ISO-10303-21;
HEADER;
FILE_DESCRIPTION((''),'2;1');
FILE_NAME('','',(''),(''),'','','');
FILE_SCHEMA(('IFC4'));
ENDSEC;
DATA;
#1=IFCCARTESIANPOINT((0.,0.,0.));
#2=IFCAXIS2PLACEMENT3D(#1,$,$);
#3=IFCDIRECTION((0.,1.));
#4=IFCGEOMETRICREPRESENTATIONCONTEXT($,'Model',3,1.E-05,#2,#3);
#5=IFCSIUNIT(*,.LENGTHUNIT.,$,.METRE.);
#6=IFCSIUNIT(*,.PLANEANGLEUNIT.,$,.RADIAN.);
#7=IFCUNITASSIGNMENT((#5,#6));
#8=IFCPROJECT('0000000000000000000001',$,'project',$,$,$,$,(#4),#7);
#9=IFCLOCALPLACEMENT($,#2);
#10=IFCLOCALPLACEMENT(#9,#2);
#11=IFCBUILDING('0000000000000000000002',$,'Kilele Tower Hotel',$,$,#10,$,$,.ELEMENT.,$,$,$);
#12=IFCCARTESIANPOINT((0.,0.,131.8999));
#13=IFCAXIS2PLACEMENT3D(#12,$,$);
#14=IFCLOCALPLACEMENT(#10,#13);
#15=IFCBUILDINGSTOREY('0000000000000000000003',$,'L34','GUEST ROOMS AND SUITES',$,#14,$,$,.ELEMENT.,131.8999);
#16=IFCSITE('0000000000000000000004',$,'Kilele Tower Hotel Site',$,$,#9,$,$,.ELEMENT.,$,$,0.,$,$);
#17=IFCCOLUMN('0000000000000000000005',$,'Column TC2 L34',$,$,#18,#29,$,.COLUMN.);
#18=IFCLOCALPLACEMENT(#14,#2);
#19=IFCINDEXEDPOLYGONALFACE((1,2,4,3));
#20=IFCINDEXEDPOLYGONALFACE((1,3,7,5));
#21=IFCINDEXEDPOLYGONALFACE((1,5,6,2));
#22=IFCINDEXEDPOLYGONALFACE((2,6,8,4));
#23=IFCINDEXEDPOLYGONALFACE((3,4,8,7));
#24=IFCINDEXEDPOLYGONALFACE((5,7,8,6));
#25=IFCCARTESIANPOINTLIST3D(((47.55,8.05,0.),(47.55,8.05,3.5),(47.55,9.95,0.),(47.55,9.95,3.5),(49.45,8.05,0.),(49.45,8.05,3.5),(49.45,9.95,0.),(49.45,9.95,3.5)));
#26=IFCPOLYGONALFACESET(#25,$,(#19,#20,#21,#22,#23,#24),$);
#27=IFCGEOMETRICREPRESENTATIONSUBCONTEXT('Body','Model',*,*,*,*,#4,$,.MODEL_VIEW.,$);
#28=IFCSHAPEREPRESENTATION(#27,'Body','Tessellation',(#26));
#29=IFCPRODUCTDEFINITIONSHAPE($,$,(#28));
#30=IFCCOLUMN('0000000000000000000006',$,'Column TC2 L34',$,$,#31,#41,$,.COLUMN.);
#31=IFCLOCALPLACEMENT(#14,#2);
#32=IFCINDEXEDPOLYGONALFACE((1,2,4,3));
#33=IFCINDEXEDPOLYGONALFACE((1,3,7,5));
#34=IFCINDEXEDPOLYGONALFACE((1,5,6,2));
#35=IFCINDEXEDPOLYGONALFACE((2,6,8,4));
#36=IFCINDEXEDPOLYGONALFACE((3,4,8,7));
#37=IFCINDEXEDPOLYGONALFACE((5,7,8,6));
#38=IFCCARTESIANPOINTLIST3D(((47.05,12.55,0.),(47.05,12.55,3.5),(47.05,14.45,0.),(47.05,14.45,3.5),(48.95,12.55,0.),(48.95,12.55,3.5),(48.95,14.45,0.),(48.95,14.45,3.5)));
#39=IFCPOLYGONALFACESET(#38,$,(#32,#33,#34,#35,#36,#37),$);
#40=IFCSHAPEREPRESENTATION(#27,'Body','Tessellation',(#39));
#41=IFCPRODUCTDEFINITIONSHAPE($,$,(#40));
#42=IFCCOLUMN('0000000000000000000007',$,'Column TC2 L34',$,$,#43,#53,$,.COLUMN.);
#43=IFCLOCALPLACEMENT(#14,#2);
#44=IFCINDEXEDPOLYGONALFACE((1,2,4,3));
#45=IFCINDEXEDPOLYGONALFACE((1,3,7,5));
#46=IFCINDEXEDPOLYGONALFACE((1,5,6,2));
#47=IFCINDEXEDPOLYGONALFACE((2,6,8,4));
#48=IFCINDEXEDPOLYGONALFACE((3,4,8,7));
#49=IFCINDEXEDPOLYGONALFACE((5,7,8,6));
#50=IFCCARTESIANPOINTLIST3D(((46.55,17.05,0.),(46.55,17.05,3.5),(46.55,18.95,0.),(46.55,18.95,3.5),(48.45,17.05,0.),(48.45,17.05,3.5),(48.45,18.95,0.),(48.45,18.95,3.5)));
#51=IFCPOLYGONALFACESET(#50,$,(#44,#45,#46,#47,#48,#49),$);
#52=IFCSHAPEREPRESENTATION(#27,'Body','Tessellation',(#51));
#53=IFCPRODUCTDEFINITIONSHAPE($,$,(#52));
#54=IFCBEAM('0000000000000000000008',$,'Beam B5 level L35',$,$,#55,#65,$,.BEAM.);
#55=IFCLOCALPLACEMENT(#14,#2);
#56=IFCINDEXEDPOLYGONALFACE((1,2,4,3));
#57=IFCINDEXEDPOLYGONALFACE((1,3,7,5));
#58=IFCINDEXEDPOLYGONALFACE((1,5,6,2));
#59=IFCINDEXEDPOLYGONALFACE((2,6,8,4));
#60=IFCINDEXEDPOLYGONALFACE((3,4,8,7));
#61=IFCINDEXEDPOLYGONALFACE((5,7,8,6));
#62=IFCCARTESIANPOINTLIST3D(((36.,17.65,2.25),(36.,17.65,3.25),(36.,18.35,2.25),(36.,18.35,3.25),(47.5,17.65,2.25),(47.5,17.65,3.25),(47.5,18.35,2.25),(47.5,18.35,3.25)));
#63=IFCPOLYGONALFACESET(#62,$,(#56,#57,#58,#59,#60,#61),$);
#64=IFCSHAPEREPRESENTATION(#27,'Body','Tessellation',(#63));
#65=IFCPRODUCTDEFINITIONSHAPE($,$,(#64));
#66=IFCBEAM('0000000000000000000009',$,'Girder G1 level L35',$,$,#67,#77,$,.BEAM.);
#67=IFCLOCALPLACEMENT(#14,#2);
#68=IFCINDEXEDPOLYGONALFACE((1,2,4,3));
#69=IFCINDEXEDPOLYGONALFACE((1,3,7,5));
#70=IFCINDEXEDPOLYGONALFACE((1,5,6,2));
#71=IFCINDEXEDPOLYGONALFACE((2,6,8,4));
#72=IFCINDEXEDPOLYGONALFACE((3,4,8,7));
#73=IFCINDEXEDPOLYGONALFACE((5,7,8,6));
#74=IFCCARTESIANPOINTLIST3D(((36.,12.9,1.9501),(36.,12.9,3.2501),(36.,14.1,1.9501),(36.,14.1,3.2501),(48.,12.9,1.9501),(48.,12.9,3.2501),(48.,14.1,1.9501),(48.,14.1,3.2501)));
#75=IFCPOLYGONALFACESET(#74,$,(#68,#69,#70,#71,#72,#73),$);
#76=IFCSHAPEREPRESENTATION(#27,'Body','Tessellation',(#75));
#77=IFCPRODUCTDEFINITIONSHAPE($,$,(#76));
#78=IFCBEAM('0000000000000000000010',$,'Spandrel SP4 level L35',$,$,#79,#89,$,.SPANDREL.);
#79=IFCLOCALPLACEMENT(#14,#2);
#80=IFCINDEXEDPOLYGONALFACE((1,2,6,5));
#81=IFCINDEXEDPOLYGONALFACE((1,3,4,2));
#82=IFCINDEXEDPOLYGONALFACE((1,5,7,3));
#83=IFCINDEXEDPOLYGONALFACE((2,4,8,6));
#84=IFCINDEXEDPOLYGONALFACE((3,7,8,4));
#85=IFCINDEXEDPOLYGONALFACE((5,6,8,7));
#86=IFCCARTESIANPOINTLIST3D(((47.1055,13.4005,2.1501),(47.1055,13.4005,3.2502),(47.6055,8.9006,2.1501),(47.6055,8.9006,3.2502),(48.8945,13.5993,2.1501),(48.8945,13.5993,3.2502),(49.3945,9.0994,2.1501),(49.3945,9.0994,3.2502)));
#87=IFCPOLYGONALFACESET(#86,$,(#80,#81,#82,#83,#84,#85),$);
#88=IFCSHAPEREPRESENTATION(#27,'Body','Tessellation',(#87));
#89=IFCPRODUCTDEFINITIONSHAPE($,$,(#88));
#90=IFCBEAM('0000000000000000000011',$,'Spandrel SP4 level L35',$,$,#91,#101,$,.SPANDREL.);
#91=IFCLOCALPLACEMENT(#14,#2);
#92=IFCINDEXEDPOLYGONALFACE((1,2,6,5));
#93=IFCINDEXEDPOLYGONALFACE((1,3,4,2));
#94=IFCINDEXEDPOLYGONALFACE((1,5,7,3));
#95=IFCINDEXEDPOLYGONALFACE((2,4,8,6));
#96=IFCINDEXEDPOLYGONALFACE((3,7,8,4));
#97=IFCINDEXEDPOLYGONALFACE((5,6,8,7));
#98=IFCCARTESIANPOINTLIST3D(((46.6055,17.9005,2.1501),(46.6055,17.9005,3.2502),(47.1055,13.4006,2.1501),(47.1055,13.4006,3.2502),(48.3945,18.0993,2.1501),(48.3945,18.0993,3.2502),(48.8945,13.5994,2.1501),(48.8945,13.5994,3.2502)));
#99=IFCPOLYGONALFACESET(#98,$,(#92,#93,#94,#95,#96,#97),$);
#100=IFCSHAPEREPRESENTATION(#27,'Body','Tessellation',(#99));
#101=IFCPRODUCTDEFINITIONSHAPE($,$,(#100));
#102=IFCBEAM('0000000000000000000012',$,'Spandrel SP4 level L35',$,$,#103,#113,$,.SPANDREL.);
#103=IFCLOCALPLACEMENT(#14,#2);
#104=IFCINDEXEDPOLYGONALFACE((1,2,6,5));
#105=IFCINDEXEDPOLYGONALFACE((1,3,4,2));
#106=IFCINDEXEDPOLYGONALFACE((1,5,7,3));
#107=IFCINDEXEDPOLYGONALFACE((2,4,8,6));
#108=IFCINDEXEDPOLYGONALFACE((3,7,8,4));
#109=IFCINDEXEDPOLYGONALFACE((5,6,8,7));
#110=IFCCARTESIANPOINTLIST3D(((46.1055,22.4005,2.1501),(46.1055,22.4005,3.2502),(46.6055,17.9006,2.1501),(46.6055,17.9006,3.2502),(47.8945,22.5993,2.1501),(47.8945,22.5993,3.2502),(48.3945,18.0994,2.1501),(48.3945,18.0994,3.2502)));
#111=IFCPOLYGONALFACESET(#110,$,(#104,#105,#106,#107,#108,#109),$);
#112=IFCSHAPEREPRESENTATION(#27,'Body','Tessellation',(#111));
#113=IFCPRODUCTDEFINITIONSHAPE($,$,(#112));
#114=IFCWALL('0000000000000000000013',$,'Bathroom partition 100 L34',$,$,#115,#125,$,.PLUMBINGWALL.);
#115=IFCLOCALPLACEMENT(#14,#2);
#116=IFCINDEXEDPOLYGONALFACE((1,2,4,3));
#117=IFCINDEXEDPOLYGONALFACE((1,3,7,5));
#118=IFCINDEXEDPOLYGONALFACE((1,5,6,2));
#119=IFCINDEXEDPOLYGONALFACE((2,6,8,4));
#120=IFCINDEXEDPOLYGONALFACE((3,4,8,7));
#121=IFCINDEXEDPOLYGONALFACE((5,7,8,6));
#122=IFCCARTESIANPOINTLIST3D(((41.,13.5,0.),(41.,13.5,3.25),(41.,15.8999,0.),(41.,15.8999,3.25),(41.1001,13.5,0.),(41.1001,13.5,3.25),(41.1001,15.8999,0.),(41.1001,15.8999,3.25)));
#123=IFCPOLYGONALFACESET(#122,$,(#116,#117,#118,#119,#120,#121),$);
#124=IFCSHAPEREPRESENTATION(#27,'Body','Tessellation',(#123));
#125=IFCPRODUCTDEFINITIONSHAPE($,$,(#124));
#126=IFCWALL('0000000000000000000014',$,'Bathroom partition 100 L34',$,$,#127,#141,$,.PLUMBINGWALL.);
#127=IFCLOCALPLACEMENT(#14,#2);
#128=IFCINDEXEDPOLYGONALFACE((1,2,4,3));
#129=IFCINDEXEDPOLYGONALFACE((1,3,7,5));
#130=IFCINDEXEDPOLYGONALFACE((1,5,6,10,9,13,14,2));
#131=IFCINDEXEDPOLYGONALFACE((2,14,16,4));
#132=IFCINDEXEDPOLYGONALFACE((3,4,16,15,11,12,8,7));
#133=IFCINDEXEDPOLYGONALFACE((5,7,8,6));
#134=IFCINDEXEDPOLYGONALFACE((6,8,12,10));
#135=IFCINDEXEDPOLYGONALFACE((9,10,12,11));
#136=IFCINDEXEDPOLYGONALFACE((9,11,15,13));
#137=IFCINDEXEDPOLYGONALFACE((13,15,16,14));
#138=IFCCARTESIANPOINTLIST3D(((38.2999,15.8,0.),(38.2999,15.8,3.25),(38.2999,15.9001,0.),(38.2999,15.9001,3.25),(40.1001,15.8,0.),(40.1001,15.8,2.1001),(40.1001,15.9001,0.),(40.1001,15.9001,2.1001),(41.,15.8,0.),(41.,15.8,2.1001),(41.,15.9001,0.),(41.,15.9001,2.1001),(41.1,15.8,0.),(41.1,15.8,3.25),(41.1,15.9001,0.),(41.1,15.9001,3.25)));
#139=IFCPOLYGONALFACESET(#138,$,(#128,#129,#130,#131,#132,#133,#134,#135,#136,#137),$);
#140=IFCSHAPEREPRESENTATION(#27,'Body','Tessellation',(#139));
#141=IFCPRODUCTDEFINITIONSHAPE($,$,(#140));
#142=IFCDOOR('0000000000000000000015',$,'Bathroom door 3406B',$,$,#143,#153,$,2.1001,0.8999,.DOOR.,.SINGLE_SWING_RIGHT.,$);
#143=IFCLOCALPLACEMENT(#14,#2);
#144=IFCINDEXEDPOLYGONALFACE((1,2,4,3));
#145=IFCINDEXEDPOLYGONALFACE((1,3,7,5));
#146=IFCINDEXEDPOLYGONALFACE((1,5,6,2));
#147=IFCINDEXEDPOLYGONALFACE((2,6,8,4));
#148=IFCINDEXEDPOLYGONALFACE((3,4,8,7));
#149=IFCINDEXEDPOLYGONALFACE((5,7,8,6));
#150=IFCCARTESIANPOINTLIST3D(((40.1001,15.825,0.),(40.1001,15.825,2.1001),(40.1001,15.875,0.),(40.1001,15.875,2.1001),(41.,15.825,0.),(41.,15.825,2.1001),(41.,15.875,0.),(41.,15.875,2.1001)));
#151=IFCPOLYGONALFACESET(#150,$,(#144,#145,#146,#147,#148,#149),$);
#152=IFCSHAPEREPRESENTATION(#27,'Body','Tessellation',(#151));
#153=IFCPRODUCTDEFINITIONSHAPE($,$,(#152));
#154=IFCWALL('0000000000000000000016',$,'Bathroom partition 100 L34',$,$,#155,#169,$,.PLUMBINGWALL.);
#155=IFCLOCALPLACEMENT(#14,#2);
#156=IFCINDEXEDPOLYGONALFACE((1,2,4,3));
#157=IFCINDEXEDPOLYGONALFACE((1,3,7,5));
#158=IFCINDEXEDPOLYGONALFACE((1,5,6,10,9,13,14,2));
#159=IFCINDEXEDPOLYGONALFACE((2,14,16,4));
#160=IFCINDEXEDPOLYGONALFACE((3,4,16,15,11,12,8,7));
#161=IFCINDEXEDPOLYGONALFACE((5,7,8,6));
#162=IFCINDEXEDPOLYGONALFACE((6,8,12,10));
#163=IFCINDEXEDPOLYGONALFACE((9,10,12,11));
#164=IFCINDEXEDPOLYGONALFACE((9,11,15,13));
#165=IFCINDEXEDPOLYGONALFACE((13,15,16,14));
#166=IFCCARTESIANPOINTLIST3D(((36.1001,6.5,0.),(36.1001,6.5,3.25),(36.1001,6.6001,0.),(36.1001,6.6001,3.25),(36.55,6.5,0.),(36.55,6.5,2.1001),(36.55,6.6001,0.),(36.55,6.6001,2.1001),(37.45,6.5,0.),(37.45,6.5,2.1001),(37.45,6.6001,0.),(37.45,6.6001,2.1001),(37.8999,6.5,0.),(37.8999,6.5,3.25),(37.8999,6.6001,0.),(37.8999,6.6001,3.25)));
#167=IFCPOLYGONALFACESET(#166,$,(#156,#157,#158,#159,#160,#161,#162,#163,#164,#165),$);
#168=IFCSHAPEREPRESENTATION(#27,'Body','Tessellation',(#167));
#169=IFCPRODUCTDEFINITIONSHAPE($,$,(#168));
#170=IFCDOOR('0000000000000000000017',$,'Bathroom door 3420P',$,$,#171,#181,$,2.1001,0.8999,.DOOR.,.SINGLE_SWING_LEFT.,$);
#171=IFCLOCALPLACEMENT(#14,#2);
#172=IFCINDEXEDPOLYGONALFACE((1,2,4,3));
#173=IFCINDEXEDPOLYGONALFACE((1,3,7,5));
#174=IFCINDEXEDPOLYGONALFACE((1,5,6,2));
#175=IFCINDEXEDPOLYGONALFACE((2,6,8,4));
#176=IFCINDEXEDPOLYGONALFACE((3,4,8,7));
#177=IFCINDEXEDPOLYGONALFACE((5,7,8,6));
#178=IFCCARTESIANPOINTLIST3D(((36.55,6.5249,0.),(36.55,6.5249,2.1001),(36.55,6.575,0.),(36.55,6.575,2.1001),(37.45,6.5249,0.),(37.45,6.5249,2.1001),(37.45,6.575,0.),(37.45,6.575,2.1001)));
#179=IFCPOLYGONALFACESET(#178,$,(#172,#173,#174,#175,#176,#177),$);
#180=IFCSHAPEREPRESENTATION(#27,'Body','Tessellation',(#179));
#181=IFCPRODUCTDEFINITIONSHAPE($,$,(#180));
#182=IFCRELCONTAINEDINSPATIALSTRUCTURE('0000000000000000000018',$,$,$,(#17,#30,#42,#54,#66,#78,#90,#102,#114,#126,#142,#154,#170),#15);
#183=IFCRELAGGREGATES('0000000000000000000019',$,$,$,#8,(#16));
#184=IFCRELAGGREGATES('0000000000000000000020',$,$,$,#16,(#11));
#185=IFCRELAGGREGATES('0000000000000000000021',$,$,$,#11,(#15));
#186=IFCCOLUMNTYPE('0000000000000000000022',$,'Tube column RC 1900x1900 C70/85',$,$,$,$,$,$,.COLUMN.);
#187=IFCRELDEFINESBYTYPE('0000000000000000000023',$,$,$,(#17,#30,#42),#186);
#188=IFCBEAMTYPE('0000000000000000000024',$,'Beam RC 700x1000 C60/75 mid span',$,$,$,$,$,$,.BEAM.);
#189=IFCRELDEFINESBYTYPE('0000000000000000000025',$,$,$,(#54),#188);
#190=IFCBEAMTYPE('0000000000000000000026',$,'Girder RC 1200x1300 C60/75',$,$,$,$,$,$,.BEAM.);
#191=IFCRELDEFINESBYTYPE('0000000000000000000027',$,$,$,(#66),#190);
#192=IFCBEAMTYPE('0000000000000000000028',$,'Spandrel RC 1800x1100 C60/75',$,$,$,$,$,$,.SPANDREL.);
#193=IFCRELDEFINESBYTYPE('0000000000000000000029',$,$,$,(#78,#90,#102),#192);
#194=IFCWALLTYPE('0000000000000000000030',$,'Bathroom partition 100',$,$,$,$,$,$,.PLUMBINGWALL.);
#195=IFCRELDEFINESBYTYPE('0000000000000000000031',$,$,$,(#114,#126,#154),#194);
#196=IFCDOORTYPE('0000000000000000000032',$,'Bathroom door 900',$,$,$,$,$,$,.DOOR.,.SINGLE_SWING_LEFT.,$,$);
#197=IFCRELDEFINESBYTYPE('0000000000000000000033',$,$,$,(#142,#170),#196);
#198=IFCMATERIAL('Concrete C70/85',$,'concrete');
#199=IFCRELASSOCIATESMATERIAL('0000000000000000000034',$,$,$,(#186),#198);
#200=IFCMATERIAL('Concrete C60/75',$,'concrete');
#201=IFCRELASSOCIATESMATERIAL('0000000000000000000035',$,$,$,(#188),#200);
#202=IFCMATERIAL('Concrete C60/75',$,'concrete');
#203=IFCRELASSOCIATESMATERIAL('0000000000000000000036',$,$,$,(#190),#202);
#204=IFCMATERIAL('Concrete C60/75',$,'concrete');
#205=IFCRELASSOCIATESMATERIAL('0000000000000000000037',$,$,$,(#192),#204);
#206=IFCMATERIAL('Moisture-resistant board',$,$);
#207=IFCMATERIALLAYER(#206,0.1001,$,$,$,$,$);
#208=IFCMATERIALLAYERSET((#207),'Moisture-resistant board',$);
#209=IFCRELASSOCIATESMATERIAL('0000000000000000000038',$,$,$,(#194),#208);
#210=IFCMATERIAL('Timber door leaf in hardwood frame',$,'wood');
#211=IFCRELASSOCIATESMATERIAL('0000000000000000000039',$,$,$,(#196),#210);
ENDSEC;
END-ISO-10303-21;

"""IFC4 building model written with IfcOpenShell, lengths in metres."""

from ifc_helpers import new_model, si_unit, direction, frame, frame_2d, origin, origin_2d, place, context, subcontext, project, spatial, rectangle, extrude, material, layer, layer_set, material_profile, profile_set, type_object, element, fill, save


model = new_model("IFC4")

# Units and contexts
model_context = context("Model", 3, precision=1e-05, world=origin(), true_north=direction((0.0, 1.0)))
body_context = subcontext(model_context, "Body", "Model", "MODEL_VIEW")
ifc_project = project(units=[si_unit("LENGTHUNIT", "METRE"), si_unit("PLANEANGLEUNIT", "RADIAN")], contexts=[model_context])

# Site, building, storey
site_placement = place(None, origin())
site = spatial("IfcSite", under=ifc_project, at=site_placement, Name="Kilele Tower Hotel Site", CompositionType="ELEMENT", RefElevation=0.0)
building_placement = place(site_placement, origin())
building = spatial("IfcBuilding", under=site, at=building_placement, Name="Kilele Tower Hotel", CompositionType="ELEMENT")
storey_placement = place(building_placement, frame((0.0, 0.0, 131.8999)))
storey = spatial("IfcBuildingStorey", under=building, at=storey_placement, Name="L34", Description="GUEST ROOMS AND SUITES", CompositionType="ELEMENT", Elevation=131.8999)

# Columns
ifc_material_1 = material(Name="Concrete C70/85", Category="concrete")
ifc_material_profile_1 = material_profile(ifc_material_1, rectangle(XDim=1.8999, YDim=1.8999, at=origin_2d()))
ifc_profile_set_1 = profile_set([ifc_material_profile_1], Name="Concrete C70/85")
column_type = type_object("IfcColumnType", Name="Tube column RC 1900x1900 C70/85", PredefinedType="COLUMN", material=ifc_profile_set_1)
for number, where, z_axis, x_axis, name in (
    (1, (48.5, 9.0, 0.0), (0.0, 0.0, 1.0), (1.0, 0.0, 0.0), "Column TC2 L34"),
    (2, (48.0, 13.5, 0.0), (0.0, 0.0, 1.0), (1.0, 0.0, 0.0), "Column TC2 L34"),
    (3, (47.5, 18.0, 0.0), (0.0, 0.0, 1.0), (1.0, 0.0, 0.0), "Column TC2 L34"),
):
    element("IfcColumn", number, at=place(storey_placement, frame(where, z_axis=z_axis, x_axis=x_axis)), inside=storey, type_object=column_type, Name=name, PredefinedType="COLUMN", context=body_context, shape_type="SweptSolid", body=[
        extrude(rectangle(XDim=1.8999, YDim=1.8999, at=origin_2d()), origin(), (0.0, 0.0, 1.0), 3.5),
    ])

# Beams
ifc_material_2 = material(Name="Concrete C60/75", Category="concrete")
ifc_material_profile_2 = material_profile(ifc_material_2, rectangle(XDim=0.7, YDim=1.0, at=origin_2d()))
ifc_profile_set_2 = profile_set([ifc_material_profile_2], Name="Concrete C60/75")
beam_type_1 = type_object("IfcBeamType", Name="Beam RC 700x1000 C60/75 mid span", PredefinedType="BEAM", material=ifc_profile_set_2)
beam_1_placement = place(storey_placement, frame((47.5, 18.0, 2.75), z_axis=(-1.0, 0.0, 0.0), x_axis=(0.0, -1.0, 0.0)))
element("IfcBeam", 4, at=beam_1_placement, inside=storey, type_object=beam_type_1, Name="Beam B5 level L35", PredefinedType="BEAM", context=body_context, shape_type="SweptSolid", body=[
    extrude(rectangle(XDim=0.7, YDim=1.0, at=origin_2d()), origin(), (0.0, 0.0, 1.0), 11.5),
])
ifc_material_3 = material(Name="Concrete C60/75", Category="concrete")
ifc_material_profile_3 = material_profile(ifc_material_3, rectangle(XDim=1.2, YDim=1.3, at=origin_2d()))
ifc_profile_set_3 = profile_set([ifc_material_profile_3], Name="Concrete C60/75")
beam_type_2 = type_object("IfcBeamType", Name="Girder RC 1200x1300 C60/75", PredefinedType="BEAM", material=ifc_profile_set_3)
beam_2_placement = place(storey_placement, frame((48.0, 13.5, 2.6001), z_axis=(-1.0, 0.0, 0.0), x_axis=(0.0, -1.0, 0.0)))
element("IfcBeam", 5, at=beam_2_placement, inside=storey, type_object=beam_type_2, Name="Girder G1 level L35", PredefinedType="BEAM", context=body_context, shape_type="SweptSolid", body=[
    extrude(rectangle(XDim=1.2, YDim=1.3, at=origin_2d()), origin(), (0.0, 0.0, 1.0), 12.0),
])
ifc_material_4 = material(Name="Concrete C60/75", Category="concrete")
ifc_material_profile_4 = material_profile(ifc_material_4, rectangle(XDim=1.8, YDim=1.1001, at=origin_2d()))
ifc_profile_set_4 = profile_set([ifc_material_profile_4], Name="Concrete C60/75")
beam_type_3 = type_object("IfcBeamType", Name="Spandrel RC 1800x1100 C60/75", PredefinedType="SPANDREL", material=ifc_profile_set_4)
for number, where, z_axis, x_axis, name in (
    (6, (48.5, 9.0, 2.7002), (-0.110432, 0.993884, 0.0), (-0.993884, -0.110432, 0.0), "Spandrel SP4 level L35"),
    (7, (48.0, 13.5, 2.7002), (-0.110432, 0.993884, 0.0), (-0.993884, -0.110432, 0.0), "Spandrel SP4 level L35"),
    (8, (47.5, 18.0, 2.7002), (-0.110432, 0.993884, 0.0), (-0.993884, -0.110432, 0.0), "Spandrel SP4 level L35"),
):
    element("IfcBeam", number, at=place(storey_placement, frame(where, z_axis=z_axis, x_axis=x_axis)), inside=storey, type_object=beam_type_3, Name=name, PredefinedType="SPANDREL", context=body_context, shape_type="SweptSolid", body=[
        extrude(rectangle(XDim=1.8, YDim=1.1001, at=origin_2d()), origin(), (0.0, 0.0, 1.0), 4.5276),
    ])

# Wall
ifc_material_5 = material(Name="Moisture-resistant board")
ifc_layer_1 = layer(ifc_material_5, 0.1001)
ifc_layer_set_1 = layer_set([ifc_layer_1], Name="Moisture-resistant board")
wall_type_1 = type_object("IfcWallType", Name="Bathroom partition 100", PredefinedType="PLUMBINGWALL", material=ifc_layer_set_1)
wall_1_placement = place(storey_placement, frame((41.05, 13.5, 0.0), z_axis=(0.0, 0.0, 1.0), x_axis=(0.0, 1.0, 0.0)))
element("IfcWall", 9, at=wall_1_placement, inside=storey, type_object=wall_type_1, Name="Bathroom partition 100 L34", PredefinedType="PLUMBINGWALL", context=body_context, shape_type="SweptSolid", body=[
    extrude(rectangle(XDim=2.3999, YDim=0.1001, at=frame_2d((1.2, 0.0))), origin(), (0.0, 0.0, 1.0), 3.25),
])

# Walls, openings, doors
wall_2_placement = place(storey_placement, frame((38.3, 15.8501, 0.0), z_axis=(0.0, 0.0, 1.0), x_axis=(1.0, 0.0, 0.0)))
wall_2 = element("IfcWall", 10, at=wall_2_placement, inside=storey, type_object=wall_type_1, Name="Bathroom partition 100 L34", PredefinedType="PLUMBINGWALL", context=body_context, shape_type="SweptSolid", body=[
    extrude(rectangle(XDim=2.8, YDim=0.1001, at=frame_2d((1.3999, 0.0))), origin(), (0.0, 0.0, 1.0), 3.25),
])
opening_1_placement = place(wall_2_placement, frame((1.8, 0.0, 0.0)))
opening_1 = element("IfcOpeningElement", 11, at=opening_1_placement, cuts=wall_2, PredefinedType="OPENING", context=body_context, shape_type="SweptSolid", body=[
    extrude(rectangle(XDim=0.8999, YDim=2.1001, at=frame_2d((0.45, 1.05))), frame((0.0, 0.0601, 0.0), z_axis=(0.0, -1.0, 0.0), x_axis=(1.0, 0.0, 0.0)), (0.0, 0.0, 1.0), 0.1201),
])
ifc_material_6 = material(Name="Timber door leaf in hardwood frame", Category="wood")
door_type_1 = type_object("IfcDoorType", Name="Bathroom door 900", OperationType="SINGLE_SWING_LEFT", PredefinedType="DOOR", material=ifc_material_6)
door_1_placement = place(opening_1_placement, origin())
door_1 = element("IfcDoor", 12, at=door_1_placement, inside=storey, type_object=door_type_1, Name="Bathroom door 3406B", OperationType="SINGLE_SWING_RIGHT", OverallHeight=2.1001, OverallWidth=0.8999, PredefinedType="DOOR", context=body_context, shape_type="SweptSolid", body=[
    extrude(rectangle(XDim=0.8999, YDim=2.1001, at=frame_2d((0.45, 1.05))), frame((0.0, 0.0249, 0.0), z_axis=(0.0, -1.0, 0.0), x_axis=(1.0, 0.0, 0.0)), (0.0, 0.0, 1.0), 0.05),
])
fill(opening_1, door_1)
wall_3_placement = place(storey_placement, frame((36.1001, 6.55, 0.0), z_axis=(0.0, 0.0, 1.0), x_axis=(1.0, 0.0, 0.0)))
wall_3 = element("IfcWall", 13, at=wall_3_placement, inside=storey, type_object=wall_type_1, Name="Bathroom partition 100 L34", PredefinedType="PLUMBINGWALL", context=body_context, shape_type="SweptSolid", body=[
    extrude(rectangle(XDim=1.7998, YDim=0.1001, at=frame_2d((0.8999, 0.0))), origin(), (0.0, 0.0, 1.0), 3.25),
])
opening_2_placement = place(wall_3_placement, frame((0.45, 0.0, 0.0)))
opening_2 = element("IfcOpeningElement", 14, at=opening_2_placement, cuts=wall_3, PredefinedType="OPENING", context=body_context, shape_type="SweptSolid", body=[
    extrude(rectangle(XDim=0.8999, YDim=2.1001, at=frame_2d((0.45, 1.05))), frame((0.0, 0.0601, 0.0), z_axis=(0.0, -1.0, 0.0), x_axis=(1.0, 0.0, 0.0)), (0.0, 0.0, 1.0), 0.1201),
])
door_2_placement = place(opening_2_placement, origin())
door_2 = element("IfcDoor", 15, at=door_2_placement, inside=storey, type_object=door_type_1, Name="Bathroom door 3420P", OperationType="SINGLE_SWING_LEFT", OverallHeight=2.1001, OverallWidth=0.8999, PredefinedType="DOOR", context=body_context, shape_type="SweptSolid", body=[
    extrude(rectangle(XDim=0.8999, YDim=2.1001, at=frame_2d((0.45, 1.05))), frame((0.0, 0.0249, 0.0), z_axis=(0.0, -1.0, 0.0), x_axis=(1.0, 0.0, 0.0)), (0.0, 0.0, 1.0), 0.05),
])
fill(opening_2, door_2)

save(model, "model.ifc")
